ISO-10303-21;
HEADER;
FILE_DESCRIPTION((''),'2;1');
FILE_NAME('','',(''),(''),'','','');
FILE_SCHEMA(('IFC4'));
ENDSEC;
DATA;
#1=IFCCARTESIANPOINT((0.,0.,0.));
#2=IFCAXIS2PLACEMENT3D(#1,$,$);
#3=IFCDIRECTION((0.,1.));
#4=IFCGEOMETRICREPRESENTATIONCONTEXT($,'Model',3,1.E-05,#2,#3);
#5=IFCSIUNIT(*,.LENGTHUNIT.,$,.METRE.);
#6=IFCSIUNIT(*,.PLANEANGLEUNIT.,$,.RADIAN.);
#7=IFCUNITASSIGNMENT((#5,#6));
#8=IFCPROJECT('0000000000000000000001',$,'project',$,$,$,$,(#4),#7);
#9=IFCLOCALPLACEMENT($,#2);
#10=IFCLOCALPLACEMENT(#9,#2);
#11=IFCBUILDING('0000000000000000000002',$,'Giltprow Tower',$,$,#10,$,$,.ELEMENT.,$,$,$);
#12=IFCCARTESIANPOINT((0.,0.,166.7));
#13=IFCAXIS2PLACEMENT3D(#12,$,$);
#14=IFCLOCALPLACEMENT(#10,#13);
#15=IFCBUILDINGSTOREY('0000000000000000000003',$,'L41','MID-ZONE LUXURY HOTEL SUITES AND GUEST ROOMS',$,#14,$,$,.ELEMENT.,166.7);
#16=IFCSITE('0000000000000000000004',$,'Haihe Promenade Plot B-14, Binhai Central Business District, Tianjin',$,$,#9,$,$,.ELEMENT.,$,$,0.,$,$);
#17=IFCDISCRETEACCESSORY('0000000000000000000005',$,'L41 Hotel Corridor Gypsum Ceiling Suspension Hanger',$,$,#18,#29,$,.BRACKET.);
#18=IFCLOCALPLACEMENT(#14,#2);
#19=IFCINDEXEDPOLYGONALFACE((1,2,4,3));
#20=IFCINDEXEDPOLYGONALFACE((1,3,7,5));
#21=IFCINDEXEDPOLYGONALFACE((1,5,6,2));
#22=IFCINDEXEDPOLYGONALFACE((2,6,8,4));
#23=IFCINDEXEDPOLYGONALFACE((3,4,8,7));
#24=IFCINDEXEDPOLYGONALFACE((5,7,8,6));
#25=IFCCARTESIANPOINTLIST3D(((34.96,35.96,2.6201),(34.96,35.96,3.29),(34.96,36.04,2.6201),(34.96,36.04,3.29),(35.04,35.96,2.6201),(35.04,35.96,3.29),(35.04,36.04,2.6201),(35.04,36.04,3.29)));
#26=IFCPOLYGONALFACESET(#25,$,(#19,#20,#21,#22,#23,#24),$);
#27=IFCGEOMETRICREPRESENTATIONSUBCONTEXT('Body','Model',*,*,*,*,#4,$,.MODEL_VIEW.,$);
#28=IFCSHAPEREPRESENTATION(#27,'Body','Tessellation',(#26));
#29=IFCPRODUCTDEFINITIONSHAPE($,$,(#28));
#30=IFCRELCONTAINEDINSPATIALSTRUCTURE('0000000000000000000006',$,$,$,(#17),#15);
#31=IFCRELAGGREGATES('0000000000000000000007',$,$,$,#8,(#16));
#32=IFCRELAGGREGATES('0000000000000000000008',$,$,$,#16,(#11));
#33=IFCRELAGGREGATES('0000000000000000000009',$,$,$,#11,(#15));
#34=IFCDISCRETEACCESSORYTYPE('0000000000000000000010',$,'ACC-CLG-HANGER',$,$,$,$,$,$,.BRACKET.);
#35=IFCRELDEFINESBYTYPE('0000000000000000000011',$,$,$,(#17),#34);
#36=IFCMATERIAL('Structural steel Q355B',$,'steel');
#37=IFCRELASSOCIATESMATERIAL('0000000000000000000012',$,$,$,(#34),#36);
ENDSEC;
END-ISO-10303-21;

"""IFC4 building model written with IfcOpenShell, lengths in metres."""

from ifc_helpers import new_model, si_unit, direction, frame, origin, origin_2d, place, context, subcontext, project, spatial, rectangle, extrude, source, transform, mapped, material, type_object, element, save


model = new_model("IFC4")

# Units and contexts
model_context = context("Model", 3, precision=1e-05, world=origin(), true_north=direction((0.0, 1.0)))
body_context = subcontext(model_context, "Body", "Model", "MODEL_VIEW")
ifc_project = project(units=[si_unit("LENGTHUNIT", "METRE"), si_unit("PLANEANGLEUNIT", "RADIAN")], contexts=[model_context])

# Site, building, storey
site_placement = place(None, origin())
site = spatial("IfcSite", under=ifc_project, at=site_placement, Name="Haihe Promenade Plot B-14, Binhai Central Business District, Tianjin", CompositionType="ELEMENT", RefElevation=0.0)
building_placement = place(site_placement, origin())
building = spatial("IfcBuilding", under=site, at=building_placement, Name="Giltprow Tower", CompositionType="ELEMENT")
storey_placement = place(building_placement, frame((0.0, 0.0, 166.7)))
storey = spatial("IfcBuildingStorey", under=building, at=storey_placement, Name="L41", Description="MID-ZONE LUXURY HOTEL SUITES AND GUEST ROOMS", CompositionType="ELEMENT", Elevation=166.7)

# Shared definitions
ifc_material_1 = material(Name="Structural steel Q355B", Category="steel")

# Discrete accessory
discrete_accessory_type = type_object("IfcDiscreteAccessoryType", Name="ACC-CLG-HANGER", PredefinedType="BRACKET", material=ifc_material_1)
shared_shape_1 = source(origin(), body_context, "Body", "SweptSolid", [
    extrude(rectangle(XDim=0.0801, YDim=0.0801, at=origin_2d()), origin(), (0.0, 0.0, 1.0), 0.6699),
])
discrete_accessory_placement = place(storey_placement, frame((35.0, 36.0, 2.6201), z_axis=(0.0, 0.0, 1.0), x_axis=(1.0, 0.0, 0.0)))
element("IfcDiscreteAccessory", 1, at=discrete_accessory_placement, inside=storey, type_object=discrete_accessory_type, Name="L41 Hotel Corridor Gypsum Ceiling Suspension Hanger", PredefinedType="BRACKET", context=body_context, shape_type="MappedRepresentation", body=[
    mapped(shared_shape_1, transform((0.0, 0.0, 0.0), x_axis=(1.0, 0.0, 0.0), y_axis=(0.0, 1.0, 0.0), z_axis=(0.0, 0.0, 1.0), scale=1.0)),
])

save(model, "model.ifc")
